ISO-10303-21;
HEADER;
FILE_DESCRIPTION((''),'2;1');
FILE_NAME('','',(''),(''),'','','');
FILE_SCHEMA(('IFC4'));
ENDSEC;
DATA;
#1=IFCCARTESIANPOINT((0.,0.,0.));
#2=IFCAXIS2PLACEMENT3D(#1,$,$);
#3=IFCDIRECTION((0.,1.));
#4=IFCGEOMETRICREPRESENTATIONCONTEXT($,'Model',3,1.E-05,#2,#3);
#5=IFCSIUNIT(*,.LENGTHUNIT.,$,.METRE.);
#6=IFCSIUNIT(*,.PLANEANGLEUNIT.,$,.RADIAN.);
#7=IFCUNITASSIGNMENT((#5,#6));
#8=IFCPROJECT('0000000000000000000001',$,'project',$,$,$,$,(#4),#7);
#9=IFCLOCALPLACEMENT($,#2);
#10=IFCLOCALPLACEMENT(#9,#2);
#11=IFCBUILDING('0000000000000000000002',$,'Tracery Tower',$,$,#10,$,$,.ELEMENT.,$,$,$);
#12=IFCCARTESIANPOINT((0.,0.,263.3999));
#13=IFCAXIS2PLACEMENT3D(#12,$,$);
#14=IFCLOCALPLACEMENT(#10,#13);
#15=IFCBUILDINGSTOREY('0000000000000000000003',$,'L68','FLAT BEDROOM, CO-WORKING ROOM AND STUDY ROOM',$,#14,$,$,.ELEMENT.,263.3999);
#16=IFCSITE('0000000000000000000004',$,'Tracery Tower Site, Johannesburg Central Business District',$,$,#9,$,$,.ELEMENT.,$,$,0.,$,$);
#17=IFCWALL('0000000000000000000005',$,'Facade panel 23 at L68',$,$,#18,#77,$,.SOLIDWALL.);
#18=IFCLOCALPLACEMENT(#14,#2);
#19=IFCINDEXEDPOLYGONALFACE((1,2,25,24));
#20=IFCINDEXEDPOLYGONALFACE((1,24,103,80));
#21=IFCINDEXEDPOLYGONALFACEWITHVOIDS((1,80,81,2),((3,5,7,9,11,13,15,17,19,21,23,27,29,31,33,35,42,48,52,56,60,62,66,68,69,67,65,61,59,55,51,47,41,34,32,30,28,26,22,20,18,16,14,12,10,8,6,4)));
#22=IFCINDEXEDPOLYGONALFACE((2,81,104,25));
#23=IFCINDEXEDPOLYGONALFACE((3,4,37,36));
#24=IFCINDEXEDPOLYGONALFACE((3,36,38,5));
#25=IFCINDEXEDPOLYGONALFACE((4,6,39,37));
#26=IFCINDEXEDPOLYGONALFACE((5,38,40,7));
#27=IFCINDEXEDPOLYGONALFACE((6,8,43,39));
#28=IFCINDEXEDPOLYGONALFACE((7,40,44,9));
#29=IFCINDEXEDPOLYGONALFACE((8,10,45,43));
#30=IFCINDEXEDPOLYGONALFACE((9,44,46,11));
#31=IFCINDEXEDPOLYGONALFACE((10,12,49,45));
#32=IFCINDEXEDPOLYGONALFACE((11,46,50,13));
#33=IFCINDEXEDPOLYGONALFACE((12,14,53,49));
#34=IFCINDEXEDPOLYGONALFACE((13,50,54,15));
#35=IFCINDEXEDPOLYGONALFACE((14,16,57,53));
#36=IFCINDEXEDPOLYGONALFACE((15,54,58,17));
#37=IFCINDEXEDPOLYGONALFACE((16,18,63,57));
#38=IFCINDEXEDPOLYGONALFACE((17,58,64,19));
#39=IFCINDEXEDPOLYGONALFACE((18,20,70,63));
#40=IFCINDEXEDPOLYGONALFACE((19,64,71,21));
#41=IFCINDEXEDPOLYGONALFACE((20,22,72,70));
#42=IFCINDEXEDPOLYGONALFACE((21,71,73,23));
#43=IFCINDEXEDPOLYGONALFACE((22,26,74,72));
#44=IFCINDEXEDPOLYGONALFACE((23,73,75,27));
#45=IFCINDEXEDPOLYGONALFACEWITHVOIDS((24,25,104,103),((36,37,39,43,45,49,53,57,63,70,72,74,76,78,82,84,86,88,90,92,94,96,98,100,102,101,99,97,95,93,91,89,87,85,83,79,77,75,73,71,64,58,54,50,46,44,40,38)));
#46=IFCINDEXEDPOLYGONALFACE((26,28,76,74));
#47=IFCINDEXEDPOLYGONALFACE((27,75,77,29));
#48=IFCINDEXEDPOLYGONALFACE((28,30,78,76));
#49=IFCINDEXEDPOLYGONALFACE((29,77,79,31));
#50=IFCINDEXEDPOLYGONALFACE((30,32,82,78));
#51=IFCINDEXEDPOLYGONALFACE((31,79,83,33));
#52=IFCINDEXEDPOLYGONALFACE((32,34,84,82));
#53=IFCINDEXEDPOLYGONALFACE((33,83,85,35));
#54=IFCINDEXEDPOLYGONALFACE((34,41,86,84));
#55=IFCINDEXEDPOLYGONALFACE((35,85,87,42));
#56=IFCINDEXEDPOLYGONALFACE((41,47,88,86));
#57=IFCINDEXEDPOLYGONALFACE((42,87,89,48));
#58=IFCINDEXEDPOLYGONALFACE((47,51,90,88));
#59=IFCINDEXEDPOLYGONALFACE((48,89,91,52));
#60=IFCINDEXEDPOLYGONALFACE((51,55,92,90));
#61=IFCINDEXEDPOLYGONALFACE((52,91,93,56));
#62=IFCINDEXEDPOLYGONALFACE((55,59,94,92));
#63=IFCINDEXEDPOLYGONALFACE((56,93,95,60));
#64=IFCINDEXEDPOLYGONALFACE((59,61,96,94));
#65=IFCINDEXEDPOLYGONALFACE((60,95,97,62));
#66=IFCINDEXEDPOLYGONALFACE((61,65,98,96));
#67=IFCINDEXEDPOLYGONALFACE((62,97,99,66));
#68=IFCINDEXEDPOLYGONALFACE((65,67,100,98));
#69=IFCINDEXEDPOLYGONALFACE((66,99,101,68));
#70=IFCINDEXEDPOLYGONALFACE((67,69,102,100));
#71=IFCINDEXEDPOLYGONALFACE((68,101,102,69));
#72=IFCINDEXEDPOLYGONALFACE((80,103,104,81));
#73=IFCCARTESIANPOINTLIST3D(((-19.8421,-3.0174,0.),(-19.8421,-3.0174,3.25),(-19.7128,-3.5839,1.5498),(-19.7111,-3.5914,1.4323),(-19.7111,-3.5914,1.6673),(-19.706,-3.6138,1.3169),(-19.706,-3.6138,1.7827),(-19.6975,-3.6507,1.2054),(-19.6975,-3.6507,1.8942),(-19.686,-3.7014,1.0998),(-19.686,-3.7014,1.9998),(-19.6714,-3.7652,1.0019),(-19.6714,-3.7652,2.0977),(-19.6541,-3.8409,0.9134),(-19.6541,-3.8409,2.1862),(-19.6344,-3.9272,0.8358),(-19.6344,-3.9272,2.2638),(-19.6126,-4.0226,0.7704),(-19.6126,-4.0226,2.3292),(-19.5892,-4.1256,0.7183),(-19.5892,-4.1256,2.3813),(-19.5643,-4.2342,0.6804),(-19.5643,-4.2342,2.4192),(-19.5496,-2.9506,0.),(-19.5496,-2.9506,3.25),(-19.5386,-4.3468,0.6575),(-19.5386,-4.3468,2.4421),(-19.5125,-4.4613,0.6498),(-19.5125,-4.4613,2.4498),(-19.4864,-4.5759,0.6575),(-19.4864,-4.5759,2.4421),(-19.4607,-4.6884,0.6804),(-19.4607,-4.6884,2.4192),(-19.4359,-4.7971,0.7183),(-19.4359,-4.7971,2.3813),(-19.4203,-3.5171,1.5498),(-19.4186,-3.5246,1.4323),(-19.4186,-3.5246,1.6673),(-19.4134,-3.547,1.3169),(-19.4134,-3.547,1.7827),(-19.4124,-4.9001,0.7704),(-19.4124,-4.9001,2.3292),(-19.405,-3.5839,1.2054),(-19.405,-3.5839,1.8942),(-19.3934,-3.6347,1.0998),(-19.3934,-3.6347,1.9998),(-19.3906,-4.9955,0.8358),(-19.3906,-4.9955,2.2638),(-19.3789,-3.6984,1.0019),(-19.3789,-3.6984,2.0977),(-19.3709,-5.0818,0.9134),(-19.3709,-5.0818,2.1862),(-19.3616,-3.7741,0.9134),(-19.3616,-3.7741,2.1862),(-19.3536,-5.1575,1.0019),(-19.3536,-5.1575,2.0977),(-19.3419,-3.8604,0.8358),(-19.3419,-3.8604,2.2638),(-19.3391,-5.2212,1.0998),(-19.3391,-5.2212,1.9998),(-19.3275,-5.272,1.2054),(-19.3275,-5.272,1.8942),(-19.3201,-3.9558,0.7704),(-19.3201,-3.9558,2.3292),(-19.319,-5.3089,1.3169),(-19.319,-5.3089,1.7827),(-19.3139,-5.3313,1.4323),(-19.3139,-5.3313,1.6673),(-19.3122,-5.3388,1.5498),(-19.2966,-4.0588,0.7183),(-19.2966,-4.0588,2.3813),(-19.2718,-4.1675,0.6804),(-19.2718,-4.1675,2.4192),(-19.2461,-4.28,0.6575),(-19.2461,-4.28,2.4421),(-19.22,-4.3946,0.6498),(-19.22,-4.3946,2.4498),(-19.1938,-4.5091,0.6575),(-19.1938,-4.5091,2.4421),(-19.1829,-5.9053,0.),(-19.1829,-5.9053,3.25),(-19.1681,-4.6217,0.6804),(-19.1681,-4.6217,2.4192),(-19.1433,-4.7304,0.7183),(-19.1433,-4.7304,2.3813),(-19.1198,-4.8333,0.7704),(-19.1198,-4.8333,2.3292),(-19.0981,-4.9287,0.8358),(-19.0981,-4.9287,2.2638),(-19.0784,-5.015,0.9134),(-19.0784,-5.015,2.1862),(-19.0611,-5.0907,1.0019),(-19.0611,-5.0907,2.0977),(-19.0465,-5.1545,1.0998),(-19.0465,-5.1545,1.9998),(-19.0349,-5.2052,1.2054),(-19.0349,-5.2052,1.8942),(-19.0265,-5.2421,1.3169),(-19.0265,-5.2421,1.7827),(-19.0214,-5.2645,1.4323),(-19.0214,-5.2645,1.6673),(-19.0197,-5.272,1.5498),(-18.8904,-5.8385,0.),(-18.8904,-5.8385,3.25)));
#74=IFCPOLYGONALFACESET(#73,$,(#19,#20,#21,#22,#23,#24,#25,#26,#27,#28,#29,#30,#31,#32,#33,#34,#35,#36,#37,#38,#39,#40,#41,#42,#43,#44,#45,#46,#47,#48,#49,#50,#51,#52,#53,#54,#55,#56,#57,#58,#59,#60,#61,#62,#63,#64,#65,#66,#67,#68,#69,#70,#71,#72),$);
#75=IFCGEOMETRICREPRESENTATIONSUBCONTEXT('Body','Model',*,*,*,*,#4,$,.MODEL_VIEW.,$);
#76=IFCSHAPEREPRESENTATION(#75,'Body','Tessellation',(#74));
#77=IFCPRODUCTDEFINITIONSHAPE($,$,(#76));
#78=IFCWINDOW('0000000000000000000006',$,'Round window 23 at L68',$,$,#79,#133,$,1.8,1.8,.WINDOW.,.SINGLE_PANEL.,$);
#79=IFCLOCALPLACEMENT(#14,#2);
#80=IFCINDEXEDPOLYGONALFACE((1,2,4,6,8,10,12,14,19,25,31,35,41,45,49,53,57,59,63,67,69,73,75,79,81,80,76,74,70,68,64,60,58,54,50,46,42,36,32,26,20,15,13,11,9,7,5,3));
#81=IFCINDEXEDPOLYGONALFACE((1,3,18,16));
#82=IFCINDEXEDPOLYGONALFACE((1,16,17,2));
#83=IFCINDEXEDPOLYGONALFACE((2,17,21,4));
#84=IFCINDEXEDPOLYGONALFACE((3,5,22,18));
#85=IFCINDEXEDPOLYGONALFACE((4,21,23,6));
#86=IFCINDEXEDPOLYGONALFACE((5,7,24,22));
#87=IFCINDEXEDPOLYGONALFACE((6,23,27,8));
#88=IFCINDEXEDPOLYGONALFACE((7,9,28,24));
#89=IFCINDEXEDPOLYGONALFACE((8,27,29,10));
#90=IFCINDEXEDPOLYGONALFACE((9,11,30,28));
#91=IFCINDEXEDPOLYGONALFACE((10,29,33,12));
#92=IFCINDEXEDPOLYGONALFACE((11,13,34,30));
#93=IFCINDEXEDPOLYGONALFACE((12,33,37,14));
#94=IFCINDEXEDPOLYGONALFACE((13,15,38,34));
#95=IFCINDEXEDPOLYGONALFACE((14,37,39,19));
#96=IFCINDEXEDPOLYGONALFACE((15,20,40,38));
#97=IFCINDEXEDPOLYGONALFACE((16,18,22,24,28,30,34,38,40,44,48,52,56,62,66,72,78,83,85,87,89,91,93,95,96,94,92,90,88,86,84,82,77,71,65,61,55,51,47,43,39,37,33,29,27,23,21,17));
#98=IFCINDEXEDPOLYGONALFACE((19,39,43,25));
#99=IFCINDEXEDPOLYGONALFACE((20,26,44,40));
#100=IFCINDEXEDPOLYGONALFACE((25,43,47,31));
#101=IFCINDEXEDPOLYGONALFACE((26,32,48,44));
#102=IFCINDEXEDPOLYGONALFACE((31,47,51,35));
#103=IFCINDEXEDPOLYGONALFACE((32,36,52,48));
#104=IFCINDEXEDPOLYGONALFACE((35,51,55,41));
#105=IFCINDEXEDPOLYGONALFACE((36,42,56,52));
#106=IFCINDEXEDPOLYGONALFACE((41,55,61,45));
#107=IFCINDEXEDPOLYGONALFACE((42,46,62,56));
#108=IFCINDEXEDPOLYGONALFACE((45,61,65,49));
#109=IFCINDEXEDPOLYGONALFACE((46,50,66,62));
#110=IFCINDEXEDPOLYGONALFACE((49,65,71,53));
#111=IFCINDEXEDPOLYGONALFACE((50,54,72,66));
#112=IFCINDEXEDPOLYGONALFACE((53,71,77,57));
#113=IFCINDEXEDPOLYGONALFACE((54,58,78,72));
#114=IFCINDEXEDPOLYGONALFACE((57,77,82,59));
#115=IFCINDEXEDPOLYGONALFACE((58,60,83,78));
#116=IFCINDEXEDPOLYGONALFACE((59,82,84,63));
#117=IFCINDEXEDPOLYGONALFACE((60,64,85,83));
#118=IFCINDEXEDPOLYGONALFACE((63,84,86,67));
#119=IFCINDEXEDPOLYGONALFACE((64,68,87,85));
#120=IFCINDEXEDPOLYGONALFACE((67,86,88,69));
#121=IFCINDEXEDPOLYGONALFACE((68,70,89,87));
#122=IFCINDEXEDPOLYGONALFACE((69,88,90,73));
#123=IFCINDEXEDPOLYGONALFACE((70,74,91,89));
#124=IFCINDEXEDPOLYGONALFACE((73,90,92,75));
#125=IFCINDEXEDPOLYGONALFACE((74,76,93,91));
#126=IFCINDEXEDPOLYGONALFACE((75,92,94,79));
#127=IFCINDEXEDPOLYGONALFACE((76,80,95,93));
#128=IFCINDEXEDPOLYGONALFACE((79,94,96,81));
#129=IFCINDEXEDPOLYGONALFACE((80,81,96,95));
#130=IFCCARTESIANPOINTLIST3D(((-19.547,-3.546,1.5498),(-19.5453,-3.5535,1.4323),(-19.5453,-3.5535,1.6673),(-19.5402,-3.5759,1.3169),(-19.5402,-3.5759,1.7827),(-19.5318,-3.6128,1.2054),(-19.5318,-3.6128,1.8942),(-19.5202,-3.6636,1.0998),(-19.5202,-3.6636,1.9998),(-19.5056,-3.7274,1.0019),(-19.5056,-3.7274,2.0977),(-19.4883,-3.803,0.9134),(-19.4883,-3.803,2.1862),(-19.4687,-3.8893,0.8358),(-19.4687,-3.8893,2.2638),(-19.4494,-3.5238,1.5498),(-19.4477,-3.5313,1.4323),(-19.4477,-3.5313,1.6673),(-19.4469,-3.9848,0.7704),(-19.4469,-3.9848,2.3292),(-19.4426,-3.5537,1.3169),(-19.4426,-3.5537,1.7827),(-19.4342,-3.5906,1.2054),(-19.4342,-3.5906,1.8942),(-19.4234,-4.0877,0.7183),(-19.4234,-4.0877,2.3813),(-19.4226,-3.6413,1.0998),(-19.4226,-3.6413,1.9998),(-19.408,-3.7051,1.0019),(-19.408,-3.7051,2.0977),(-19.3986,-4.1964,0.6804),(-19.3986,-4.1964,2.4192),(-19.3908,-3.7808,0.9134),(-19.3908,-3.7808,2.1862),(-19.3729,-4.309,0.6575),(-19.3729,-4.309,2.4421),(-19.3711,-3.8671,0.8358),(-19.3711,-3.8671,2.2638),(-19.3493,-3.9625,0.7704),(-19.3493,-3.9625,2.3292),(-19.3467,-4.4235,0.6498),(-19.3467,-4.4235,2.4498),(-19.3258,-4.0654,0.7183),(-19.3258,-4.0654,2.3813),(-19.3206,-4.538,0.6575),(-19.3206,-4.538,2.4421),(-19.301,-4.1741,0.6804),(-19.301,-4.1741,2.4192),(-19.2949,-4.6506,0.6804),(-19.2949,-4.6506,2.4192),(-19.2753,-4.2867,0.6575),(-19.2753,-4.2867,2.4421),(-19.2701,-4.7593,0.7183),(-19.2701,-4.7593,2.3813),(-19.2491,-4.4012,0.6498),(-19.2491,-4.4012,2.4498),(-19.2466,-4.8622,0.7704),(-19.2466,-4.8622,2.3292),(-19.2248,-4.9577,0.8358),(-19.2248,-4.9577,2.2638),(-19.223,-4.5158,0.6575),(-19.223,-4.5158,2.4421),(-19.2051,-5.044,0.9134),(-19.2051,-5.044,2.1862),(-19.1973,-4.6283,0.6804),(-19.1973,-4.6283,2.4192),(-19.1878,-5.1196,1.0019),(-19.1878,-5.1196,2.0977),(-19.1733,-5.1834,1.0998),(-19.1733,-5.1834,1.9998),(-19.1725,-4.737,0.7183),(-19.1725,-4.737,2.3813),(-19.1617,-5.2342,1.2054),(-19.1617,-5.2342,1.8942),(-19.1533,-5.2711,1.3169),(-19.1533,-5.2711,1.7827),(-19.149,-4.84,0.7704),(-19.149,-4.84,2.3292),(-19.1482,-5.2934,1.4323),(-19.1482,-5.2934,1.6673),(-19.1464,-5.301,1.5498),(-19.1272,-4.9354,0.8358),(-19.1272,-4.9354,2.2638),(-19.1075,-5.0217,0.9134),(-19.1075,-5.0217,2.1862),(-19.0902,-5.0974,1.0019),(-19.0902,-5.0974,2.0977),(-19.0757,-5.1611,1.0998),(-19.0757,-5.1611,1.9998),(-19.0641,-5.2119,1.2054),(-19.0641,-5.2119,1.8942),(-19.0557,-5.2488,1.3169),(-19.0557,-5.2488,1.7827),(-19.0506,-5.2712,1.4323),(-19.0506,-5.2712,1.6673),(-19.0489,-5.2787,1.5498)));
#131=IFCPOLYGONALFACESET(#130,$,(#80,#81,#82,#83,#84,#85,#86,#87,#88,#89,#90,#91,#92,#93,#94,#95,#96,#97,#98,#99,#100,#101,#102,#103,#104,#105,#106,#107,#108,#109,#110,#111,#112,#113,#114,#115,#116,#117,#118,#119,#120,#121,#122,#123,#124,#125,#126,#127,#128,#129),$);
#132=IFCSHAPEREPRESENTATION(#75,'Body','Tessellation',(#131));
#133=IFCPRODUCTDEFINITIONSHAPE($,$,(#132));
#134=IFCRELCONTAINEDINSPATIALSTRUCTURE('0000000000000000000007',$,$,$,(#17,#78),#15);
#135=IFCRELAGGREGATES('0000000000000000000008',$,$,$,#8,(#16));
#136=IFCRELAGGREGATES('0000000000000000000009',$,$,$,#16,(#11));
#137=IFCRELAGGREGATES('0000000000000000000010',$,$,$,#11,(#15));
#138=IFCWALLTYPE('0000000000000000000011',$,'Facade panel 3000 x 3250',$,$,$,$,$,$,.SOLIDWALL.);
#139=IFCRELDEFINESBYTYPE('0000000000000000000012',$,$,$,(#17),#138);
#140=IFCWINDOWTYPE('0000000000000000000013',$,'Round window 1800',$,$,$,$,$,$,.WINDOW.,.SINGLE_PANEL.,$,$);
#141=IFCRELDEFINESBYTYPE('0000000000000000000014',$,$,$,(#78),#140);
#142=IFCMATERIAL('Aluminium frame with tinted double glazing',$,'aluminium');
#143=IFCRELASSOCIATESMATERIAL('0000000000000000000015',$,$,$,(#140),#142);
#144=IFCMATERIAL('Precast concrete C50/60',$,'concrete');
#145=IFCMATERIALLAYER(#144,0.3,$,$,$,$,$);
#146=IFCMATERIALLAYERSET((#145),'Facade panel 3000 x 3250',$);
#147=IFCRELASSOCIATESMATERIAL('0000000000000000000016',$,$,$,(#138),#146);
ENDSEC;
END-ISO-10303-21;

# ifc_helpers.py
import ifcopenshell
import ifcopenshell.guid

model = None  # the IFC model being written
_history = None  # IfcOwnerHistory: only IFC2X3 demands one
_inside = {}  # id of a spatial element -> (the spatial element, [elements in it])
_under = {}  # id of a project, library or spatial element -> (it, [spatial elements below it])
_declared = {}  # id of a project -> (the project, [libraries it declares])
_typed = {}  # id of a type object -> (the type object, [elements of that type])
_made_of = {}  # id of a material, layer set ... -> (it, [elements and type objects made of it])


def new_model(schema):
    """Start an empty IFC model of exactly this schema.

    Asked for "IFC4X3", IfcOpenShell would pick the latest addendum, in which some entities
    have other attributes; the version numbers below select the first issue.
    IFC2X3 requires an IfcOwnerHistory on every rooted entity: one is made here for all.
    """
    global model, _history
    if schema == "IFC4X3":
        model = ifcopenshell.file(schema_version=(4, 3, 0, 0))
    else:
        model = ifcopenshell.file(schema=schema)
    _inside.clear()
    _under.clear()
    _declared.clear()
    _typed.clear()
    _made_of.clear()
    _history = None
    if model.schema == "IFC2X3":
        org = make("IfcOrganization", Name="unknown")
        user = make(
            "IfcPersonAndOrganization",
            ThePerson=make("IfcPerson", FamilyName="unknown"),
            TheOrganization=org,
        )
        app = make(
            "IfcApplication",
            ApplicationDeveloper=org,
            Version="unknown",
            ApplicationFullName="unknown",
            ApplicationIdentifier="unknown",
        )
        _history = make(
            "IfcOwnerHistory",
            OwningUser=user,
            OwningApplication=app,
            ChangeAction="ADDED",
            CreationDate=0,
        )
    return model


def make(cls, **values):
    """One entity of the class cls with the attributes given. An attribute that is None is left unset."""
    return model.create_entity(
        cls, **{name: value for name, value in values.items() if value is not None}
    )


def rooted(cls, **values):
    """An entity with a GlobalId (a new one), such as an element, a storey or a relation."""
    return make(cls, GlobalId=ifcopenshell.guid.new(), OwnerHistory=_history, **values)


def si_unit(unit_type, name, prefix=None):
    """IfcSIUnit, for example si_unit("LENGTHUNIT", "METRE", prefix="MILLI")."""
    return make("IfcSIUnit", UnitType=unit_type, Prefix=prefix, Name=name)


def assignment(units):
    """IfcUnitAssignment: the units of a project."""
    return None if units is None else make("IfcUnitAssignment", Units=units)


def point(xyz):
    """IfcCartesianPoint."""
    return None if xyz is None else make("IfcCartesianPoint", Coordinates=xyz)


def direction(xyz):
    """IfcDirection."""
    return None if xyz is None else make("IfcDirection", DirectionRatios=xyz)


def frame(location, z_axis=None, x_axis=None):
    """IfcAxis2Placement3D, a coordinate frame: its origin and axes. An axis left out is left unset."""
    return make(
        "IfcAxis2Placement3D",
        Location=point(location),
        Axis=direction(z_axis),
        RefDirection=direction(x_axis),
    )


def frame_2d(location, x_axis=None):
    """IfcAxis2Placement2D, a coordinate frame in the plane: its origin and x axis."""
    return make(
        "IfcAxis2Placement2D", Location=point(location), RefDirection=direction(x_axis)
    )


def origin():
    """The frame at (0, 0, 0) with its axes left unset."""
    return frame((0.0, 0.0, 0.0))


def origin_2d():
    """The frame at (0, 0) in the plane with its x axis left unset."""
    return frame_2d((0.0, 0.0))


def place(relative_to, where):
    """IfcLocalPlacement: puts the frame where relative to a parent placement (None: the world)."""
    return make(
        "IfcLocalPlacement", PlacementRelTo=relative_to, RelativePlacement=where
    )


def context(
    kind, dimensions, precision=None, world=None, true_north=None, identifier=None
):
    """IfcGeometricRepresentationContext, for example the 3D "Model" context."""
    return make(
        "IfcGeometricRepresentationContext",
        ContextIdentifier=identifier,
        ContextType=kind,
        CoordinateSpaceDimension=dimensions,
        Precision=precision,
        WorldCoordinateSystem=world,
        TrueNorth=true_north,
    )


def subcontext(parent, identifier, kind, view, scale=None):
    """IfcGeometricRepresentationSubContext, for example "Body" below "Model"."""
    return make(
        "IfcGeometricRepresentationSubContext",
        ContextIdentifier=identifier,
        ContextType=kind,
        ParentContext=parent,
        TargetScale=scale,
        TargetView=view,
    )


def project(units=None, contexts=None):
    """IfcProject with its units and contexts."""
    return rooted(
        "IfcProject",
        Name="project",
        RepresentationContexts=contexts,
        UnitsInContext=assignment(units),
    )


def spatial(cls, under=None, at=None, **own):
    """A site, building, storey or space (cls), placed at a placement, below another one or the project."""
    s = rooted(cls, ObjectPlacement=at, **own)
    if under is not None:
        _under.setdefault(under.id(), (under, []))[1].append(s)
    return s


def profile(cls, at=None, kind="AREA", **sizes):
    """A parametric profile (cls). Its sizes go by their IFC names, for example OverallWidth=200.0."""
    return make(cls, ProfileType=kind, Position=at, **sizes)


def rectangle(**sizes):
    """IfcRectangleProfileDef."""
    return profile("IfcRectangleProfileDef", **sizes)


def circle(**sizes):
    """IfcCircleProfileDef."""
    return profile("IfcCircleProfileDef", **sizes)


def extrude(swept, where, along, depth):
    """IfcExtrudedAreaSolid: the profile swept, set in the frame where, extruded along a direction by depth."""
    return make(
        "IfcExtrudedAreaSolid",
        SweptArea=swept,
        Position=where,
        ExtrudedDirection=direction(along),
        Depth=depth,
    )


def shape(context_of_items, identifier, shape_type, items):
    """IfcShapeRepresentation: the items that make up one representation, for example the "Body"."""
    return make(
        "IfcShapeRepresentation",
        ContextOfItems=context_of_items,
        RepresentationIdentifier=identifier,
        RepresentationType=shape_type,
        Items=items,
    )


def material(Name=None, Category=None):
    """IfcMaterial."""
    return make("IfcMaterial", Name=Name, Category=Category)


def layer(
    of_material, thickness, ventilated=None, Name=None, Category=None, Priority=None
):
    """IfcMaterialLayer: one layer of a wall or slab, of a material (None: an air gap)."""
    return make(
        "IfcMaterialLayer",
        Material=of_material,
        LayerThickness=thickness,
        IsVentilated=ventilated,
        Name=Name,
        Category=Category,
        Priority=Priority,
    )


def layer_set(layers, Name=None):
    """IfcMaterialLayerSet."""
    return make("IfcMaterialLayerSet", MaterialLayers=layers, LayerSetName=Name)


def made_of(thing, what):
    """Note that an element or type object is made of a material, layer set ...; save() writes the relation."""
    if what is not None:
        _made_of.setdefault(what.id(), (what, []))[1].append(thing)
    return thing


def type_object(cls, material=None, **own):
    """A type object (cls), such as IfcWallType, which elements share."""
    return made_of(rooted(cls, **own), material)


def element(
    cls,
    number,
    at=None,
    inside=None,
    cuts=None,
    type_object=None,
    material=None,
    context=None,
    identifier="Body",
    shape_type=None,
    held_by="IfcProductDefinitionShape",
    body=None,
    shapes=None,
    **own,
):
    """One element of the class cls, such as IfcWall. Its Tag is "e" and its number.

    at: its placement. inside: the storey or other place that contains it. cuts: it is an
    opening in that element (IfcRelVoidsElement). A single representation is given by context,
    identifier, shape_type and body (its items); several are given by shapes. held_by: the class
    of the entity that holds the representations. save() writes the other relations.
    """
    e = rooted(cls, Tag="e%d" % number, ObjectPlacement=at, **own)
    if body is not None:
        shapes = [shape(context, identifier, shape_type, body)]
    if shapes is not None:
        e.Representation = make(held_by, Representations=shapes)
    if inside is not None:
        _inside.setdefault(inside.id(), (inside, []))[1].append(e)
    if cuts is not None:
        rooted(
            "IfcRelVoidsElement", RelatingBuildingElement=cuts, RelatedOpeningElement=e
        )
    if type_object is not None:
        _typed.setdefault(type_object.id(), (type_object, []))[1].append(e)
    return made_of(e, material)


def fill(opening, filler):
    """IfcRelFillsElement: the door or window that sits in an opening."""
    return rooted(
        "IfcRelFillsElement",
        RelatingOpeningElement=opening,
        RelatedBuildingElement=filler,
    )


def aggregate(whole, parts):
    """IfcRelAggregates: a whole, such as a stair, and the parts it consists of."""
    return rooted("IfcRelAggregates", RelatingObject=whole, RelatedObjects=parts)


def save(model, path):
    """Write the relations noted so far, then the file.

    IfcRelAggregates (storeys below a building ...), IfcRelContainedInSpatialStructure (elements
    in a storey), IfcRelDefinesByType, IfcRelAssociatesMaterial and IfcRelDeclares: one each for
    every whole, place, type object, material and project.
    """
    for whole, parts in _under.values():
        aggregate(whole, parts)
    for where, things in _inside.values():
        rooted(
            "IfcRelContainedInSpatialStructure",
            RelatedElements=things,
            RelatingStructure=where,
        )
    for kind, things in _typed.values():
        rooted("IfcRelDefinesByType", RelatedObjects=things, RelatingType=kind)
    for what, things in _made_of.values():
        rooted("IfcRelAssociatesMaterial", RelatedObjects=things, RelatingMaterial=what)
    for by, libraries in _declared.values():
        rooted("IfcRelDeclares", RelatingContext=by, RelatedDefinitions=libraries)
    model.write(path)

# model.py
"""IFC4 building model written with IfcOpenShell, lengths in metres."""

from ifc_helpers import new_model, si_unit, direction, frame, frame_2d, origin, origin_2d, place, context, subcontext, project, spatial, rectangle, circle, extrude, material, layer, layer_set, type_object, element, fill, save


model = new_model("IFC4")

# Units and contexts
model_context = context("Model", 3, precision=1e-05, world=origin(), true_north=direction((0.0, 1.0)))
body_context = subcontext(model_context, "Body", "Model", "MODEL_VIEW")
ifc_project = project(units=[si_unit("LENGTHUNIT", "METRE"), si_unit("PLANEANGLEUNIT", "RADIAN")], contexts=[model_context])

# Site, building, storey
site_placement = place(None, origin())
site = spatial("IfcSite", under=ifc_project, at=site_placement, Name="Tracery Tower Site, Johannesburg Central Business District", CompositionType="ELEMENT", RefElevation=0.0)
building_placement = place(site_placement, origin())
building = spatial("IfcBuilding", under=site, at=building_placement, Name="Tracery Tower", CompositionType="ELEMENT")
storey_placement = place(building_placement, frame((0.0, 0.0, 263.3999)))
storey = spatial("IfcBuildingStorey", under=building, at=storey_placement, Name="L68", Description="FLAT BEDROOM, CO-WORKING ROOM AND STUDY ROOM", CompositionType="ELEMENT", Elevation=263.3999)

# Wall, opening, window
ifc_material_1 = material(Name="Aluminium frame with tinted double glazing", Category="aluminium")
window_type = type_object("IfcWindowType", Name="Round window 1800", PartitioningType="SINGLE_PANEL", PredefinedType="WINDOW", material=ifc_material_1)
ifc_material_2 = material(Name="Precast concrete C50/60", Category="concrete")
ifc_layer_1 = layer(ifc_material_2, 0.3)
ifc_layer_set_1 = layer_set([ifc_layer_1], Name="Facade panel 3000 x 3250")
wall_type_1 = type_object("IfcWallType", Name="Facade panel 3000 x 3250", PredefinedType="SOLIDWALL", material=ifc_layer_set_1)
wall_1_placement = place(storey_placement, frame((-19.6958, -2.9841, 0.0), z_axis=(0.0, 0.0, 1.0), x_axis=(0.222529, -0.974926, 0.0)))
wall_1 = element("IfcWall", 1, at=wall_1_placement, inside=storey, type_object=wall_type_1, Name="Facade panel 23 at L68", PredefinedType="SOLIDWALL", context=body_context, shape_type="SweptSolid", body=[
    extrude(rectangle(XDim=2.9622, YDim=0.3, at=frame_2d((1.481, 0.0))), origin(), (0.0, 0.0, 1.0), 3.25),
])
opening_1_placement = place(wall_1_placement, frame((1.481, 0.0, 1.5498)))
opening_1 = element("IfcOpeningElement", 2, at=opening_1_placement, cuts=wall_1, PredefinedType="OPENING", context=body_context, shape_type="SweptSolid", body=[
    extrude(circle(Radius=0.9, at=origin_2d()), frame((0.0, 0.1599, 0.0), z_axis=(0.0, -1.0, 0.0), x_axis=(1.0, 0.0, 0.0)), (0.0, 0.0, 1.0), 0.3201),
])
window_1_placement = place(opening_1_placement, origin())
window_1 = element("IfcWindow", 3, at=window_1_placement, inside=storey, type_object=window_type, Name="Round window 23 at L68", OverallHeight=1.8, OverallWidth=1.8, PartitioningType="SINGLE_PANEL", PredefinedType="WINDOW", context=body_context, shape_type="SweptSolid", body=[
    extrude(circle(Radius=0.9, at=origin_2d()), frame((0.0, 0.1201, 0.0), z_axis=(0.0, -1.0, 0.0), x_axis=(1.0, 0.0, 0.0)), (0.0, 0.0, 1.0), 0.1001),
])
fill(opening_1, window_1)

save(model, "model.ifc")
